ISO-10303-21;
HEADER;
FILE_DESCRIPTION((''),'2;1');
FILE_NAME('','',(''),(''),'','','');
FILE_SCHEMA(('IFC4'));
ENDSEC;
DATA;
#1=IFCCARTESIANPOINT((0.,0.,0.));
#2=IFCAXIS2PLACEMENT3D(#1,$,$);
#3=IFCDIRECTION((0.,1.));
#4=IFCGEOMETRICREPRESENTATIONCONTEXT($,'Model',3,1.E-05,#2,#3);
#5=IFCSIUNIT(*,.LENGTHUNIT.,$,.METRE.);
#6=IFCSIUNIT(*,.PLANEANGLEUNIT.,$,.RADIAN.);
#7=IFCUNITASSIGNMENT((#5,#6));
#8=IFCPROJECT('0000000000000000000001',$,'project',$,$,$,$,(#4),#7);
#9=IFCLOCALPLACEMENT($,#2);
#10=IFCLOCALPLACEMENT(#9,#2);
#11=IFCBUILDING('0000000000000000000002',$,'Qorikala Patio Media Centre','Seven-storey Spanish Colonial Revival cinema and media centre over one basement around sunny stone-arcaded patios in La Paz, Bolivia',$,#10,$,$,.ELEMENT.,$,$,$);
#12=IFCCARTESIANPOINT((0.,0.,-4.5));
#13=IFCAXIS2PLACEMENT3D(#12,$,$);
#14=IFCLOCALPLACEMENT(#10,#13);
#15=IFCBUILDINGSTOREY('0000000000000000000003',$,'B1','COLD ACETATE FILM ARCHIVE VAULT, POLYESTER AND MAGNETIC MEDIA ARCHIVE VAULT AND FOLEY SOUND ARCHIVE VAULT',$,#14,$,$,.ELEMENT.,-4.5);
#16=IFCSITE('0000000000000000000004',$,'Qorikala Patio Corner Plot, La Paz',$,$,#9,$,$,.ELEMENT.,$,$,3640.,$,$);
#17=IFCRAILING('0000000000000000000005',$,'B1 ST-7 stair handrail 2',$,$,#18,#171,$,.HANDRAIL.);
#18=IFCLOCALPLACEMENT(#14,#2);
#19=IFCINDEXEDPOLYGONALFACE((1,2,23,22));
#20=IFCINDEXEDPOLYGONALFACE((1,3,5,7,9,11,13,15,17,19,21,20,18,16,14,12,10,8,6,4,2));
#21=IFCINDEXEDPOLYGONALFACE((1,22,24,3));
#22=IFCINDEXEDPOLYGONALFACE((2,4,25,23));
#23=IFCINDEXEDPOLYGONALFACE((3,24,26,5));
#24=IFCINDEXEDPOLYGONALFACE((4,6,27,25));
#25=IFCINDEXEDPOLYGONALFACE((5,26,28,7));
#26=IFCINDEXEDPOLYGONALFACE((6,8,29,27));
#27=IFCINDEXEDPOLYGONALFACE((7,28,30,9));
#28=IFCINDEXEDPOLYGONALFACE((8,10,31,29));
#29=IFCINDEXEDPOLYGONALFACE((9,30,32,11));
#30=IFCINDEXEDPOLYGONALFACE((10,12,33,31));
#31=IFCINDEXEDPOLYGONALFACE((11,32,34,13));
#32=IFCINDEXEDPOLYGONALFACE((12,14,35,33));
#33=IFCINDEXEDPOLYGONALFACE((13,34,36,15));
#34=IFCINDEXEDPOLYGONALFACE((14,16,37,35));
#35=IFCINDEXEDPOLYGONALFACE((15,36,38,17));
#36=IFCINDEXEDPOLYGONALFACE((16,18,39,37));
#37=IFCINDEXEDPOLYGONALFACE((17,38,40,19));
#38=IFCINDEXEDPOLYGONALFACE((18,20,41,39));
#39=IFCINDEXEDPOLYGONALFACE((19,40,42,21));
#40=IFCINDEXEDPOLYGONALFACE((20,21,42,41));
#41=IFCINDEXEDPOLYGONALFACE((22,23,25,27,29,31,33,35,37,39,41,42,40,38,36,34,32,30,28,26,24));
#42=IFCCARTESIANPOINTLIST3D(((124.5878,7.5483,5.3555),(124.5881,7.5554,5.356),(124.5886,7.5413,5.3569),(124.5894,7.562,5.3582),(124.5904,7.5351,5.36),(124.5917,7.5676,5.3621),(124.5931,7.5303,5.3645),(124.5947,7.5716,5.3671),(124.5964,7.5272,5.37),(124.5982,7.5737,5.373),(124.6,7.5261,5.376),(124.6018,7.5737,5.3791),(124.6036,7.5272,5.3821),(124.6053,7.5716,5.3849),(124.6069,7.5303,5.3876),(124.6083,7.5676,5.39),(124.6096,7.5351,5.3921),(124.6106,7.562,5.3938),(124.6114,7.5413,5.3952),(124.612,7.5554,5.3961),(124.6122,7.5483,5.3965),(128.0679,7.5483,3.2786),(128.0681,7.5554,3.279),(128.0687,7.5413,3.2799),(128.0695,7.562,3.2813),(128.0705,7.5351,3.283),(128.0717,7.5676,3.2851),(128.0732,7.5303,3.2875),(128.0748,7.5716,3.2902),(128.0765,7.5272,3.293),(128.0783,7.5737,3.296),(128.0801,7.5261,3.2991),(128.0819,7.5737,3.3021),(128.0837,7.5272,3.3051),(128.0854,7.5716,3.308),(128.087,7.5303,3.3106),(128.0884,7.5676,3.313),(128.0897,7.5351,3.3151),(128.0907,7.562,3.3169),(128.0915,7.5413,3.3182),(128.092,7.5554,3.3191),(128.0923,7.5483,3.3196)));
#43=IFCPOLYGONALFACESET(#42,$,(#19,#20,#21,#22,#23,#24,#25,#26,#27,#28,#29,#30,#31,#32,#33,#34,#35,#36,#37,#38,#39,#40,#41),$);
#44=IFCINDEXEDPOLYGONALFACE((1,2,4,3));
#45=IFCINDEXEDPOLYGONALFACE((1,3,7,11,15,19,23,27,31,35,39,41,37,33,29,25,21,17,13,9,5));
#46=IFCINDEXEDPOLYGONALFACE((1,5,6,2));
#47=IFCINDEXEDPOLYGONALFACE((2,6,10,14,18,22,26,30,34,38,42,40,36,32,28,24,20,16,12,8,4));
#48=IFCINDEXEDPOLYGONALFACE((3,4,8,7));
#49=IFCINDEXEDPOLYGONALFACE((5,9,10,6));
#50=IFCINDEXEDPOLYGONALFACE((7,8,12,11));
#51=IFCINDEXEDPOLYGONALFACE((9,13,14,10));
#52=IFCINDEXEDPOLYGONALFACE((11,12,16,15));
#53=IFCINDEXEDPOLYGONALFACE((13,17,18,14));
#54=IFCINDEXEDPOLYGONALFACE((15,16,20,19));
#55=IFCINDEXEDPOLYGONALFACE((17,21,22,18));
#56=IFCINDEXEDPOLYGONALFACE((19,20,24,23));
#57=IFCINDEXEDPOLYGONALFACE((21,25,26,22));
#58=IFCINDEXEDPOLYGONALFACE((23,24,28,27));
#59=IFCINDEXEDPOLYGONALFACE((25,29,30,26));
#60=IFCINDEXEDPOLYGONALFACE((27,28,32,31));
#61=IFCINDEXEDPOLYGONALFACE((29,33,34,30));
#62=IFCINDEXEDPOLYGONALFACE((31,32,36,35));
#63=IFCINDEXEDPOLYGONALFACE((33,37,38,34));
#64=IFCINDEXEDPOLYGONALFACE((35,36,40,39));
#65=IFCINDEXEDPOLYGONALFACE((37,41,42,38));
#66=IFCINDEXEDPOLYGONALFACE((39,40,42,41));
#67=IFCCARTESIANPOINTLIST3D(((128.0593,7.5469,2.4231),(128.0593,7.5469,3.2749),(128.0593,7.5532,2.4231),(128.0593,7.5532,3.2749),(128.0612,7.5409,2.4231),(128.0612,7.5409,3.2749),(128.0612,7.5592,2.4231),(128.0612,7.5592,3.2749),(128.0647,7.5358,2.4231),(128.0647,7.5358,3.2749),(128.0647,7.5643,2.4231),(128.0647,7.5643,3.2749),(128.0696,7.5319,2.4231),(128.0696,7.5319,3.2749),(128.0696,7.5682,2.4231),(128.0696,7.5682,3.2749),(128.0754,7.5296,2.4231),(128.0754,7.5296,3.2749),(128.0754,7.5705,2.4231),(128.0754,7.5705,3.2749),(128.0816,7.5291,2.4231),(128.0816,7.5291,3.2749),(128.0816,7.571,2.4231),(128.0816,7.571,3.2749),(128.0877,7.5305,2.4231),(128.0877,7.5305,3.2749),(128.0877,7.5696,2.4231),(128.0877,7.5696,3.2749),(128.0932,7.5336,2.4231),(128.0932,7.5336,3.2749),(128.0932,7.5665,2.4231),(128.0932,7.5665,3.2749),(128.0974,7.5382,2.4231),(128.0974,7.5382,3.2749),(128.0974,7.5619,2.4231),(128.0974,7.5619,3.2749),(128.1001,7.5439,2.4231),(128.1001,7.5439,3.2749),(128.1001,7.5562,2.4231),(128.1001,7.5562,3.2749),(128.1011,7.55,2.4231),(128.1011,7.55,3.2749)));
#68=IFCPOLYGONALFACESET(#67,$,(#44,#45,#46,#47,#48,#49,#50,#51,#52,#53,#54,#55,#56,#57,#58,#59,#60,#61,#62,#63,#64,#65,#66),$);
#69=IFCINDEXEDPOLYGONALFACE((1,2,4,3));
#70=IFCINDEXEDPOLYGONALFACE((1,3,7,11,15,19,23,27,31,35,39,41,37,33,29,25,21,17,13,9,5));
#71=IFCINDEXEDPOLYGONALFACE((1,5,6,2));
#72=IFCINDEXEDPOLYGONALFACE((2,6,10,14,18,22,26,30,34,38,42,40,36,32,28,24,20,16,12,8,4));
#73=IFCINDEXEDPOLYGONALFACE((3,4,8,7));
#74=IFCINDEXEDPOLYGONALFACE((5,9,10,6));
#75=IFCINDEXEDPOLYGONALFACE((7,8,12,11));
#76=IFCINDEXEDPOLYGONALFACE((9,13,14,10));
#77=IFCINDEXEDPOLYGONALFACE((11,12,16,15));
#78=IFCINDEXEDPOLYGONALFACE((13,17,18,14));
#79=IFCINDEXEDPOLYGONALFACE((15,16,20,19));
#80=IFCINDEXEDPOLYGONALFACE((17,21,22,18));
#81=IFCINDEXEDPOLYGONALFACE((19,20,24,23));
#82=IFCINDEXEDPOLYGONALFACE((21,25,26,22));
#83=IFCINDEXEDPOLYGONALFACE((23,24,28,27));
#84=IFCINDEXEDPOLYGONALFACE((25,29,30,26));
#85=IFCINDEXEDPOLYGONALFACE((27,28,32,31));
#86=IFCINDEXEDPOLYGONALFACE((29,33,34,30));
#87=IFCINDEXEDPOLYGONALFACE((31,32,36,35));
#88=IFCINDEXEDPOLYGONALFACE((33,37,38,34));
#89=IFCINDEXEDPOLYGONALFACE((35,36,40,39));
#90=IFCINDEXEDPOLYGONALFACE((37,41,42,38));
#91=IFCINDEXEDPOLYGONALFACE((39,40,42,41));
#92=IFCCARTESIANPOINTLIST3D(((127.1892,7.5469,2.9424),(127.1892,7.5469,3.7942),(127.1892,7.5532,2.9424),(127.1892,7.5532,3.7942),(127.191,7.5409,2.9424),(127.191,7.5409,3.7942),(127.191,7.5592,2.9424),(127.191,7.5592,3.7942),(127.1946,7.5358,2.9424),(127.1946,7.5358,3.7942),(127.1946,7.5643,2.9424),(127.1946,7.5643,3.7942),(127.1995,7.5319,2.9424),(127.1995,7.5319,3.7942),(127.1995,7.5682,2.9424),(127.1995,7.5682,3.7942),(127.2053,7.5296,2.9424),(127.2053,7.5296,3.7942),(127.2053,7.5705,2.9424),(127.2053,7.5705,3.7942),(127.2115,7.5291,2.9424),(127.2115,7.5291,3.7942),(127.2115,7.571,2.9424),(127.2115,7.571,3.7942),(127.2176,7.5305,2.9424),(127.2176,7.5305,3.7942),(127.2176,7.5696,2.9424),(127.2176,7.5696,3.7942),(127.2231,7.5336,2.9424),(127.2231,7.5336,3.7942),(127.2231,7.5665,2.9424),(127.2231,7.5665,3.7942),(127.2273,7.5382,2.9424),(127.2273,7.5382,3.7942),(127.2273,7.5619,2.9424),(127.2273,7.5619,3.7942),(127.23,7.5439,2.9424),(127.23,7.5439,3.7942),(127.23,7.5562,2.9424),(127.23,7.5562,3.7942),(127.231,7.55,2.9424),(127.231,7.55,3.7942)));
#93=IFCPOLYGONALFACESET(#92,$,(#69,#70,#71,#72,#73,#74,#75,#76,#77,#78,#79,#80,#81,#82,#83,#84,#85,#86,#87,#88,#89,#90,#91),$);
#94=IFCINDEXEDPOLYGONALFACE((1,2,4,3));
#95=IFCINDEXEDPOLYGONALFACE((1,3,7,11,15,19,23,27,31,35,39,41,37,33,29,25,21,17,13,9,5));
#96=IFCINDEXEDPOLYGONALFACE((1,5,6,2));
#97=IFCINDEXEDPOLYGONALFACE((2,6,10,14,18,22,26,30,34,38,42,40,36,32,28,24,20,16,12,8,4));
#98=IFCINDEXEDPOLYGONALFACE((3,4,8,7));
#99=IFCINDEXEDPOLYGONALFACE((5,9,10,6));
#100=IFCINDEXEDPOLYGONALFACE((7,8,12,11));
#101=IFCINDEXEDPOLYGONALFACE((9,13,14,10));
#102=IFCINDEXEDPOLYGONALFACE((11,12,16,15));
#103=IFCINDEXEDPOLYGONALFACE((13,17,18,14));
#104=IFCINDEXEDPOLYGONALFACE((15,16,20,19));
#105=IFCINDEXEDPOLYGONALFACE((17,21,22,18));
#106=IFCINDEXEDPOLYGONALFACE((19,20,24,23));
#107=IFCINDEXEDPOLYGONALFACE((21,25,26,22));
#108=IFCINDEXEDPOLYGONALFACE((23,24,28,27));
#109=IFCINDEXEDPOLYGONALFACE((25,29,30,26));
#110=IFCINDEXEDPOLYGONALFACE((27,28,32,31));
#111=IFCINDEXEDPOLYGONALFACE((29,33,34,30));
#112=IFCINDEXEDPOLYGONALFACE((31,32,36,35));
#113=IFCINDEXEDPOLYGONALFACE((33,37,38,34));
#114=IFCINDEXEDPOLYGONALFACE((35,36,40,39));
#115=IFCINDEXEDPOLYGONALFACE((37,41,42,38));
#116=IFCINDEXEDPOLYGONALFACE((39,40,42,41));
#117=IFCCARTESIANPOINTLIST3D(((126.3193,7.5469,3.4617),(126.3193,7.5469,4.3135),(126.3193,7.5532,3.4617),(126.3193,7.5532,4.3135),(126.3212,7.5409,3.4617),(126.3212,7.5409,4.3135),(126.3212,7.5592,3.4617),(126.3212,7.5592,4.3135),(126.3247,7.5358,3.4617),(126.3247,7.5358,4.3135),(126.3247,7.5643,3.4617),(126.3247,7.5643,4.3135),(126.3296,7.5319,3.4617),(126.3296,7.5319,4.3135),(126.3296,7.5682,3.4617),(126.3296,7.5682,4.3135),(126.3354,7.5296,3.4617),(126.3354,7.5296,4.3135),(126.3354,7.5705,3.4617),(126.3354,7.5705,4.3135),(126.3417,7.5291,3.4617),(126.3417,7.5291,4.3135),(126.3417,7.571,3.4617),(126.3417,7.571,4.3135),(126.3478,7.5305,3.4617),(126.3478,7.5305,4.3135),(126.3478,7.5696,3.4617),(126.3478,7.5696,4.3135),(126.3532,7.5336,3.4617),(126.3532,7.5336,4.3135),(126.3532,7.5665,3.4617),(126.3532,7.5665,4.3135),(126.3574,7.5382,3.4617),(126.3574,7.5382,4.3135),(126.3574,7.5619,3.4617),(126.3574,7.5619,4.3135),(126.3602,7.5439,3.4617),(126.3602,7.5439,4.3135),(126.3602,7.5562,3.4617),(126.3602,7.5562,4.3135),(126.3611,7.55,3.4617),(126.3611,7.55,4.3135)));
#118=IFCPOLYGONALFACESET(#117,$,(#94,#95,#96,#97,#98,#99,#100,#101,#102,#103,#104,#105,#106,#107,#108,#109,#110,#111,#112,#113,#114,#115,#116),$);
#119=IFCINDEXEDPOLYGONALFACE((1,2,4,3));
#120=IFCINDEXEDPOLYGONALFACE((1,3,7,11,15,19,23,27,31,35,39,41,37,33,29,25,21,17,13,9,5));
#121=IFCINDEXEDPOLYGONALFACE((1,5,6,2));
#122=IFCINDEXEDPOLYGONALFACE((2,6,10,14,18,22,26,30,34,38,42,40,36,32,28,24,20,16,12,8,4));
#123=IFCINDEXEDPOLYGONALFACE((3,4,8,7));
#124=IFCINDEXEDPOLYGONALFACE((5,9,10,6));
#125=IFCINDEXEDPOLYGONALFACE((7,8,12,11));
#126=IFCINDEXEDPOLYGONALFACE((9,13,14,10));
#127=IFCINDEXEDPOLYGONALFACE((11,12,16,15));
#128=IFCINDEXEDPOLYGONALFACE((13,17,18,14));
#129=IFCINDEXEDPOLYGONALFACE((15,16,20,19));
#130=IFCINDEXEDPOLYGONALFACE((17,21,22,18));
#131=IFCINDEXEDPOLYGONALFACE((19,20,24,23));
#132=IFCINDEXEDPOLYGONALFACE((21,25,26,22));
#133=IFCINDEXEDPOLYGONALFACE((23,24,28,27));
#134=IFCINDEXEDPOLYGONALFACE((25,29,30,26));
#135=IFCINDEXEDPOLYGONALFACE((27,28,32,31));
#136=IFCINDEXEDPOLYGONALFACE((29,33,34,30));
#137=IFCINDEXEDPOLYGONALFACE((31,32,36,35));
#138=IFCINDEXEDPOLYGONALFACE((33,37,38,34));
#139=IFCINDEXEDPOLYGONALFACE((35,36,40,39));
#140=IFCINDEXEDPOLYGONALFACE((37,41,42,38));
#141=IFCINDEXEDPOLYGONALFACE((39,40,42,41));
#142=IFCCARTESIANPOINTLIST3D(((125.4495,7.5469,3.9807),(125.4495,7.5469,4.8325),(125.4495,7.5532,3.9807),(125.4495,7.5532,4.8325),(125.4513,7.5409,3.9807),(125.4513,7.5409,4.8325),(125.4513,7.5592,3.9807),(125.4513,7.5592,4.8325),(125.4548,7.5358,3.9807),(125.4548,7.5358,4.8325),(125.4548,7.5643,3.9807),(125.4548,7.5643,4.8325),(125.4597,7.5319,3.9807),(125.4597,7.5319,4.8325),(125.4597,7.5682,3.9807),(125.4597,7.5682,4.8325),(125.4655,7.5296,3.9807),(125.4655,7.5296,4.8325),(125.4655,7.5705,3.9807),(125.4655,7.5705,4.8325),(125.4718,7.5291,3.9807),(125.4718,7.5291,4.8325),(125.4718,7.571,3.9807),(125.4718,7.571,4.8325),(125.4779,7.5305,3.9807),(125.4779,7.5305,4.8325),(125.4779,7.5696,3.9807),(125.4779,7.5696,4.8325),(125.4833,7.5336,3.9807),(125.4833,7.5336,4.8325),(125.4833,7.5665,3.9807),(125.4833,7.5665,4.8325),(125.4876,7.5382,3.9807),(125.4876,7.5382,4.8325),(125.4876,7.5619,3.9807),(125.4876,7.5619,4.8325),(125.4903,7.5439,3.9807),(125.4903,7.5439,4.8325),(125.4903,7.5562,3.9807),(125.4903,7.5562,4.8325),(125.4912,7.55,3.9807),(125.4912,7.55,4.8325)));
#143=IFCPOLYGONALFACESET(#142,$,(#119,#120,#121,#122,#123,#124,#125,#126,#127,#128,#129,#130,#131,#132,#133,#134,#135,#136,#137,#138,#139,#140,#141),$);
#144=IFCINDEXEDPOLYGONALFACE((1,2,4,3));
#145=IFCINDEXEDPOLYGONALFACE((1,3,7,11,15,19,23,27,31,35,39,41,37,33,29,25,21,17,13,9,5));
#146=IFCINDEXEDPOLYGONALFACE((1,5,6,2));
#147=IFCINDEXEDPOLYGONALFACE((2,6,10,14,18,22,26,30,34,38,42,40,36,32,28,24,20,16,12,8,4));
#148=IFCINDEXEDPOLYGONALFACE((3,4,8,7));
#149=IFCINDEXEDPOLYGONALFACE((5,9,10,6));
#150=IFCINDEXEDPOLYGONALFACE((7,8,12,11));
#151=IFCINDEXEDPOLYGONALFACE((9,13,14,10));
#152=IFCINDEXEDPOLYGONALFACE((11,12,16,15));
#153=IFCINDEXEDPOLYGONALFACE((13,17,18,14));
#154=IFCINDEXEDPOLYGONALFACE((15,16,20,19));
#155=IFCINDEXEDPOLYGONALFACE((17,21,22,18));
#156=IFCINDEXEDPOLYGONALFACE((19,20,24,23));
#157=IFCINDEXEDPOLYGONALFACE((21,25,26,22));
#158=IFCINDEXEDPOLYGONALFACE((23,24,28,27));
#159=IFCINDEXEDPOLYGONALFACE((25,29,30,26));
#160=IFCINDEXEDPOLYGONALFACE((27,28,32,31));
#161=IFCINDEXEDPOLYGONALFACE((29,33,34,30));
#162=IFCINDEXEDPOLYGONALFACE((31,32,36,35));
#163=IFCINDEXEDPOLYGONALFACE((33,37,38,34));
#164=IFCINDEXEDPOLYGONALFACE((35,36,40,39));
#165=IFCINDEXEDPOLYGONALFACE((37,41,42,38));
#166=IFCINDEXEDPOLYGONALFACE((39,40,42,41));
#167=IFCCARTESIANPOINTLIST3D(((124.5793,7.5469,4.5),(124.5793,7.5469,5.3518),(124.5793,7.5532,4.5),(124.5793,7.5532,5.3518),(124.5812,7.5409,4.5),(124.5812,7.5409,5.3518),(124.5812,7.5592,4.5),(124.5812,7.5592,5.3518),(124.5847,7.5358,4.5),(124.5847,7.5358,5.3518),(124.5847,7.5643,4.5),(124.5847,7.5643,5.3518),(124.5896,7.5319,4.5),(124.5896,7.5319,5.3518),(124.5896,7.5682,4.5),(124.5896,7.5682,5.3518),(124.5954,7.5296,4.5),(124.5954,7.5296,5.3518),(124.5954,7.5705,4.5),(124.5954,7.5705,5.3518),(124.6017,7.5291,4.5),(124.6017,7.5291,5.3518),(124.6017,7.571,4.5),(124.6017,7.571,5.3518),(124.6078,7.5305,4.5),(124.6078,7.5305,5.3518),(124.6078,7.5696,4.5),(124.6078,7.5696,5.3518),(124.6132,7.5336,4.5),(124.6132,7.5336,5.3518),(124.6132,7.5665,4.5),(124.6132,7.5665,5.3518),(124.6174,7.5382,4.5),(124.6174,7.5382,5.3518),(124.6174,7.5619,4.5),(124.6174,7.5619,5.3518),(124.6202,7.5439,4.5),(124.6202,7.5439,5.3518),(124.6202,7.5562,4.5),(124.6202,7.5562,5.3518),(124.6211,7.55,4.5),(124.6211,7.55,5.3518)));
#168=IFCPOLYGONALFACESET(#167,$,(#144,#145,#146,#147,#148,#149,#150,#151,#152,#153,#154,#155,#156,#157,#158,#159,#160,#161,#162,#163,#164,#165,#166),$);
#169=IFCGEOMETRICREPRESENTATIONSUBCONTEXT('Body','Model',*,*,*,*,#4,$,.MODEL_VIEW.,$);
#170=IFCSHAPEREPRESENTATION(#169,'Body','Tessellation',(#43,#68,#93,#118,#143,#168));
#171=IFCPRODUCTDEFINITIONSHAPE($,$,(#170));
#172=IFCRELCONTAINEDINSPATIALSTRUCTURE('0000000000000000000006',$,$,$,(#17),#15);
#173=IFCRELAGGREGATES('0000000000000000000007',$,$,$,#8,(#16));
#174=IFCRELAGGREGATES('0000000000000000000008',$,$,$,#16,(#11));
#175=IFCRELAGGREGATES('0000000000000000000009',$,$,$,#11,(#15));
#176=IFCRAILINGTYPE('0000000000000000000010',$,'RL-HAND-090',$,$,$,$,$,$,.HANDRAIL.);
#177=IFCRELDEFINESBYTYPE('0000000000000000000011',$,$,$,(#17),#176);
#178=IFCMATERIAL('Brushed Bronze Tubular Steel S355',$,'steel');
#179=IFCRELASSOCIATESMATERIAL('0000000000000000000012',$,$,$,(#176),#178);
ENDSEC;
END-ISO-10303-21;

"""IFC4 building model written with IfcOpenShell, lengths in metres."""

from ifc_helpers import new_model, si_unit, direction, frame, origin, origin_2d, place, context, subcontext, project, spatial, circle, extrude, material, type_object, element, save


model = new_model("IFC4")

# Units and contexts
model_context = context("Model", 3, precision=1e-05, world=origin(), true_north=direction((0.0, 1.0)))
body_context = subcontext(model_context, "Body", "Model", "MODEL_VIEW")
ifc_project = project(units=[si_unit("LENGTHUNIT", "METRE"), si_unit("PLANEANGLEUNIT", "RADIAN")], contexts=[model_context])

# Site, building, storey
site_placement = place(None, origin())
site = spatial("IfcSite", under=ifc_project, at=site_placement, Name="Qorikala Patio Corner Plot, La Paz", CompositionType="ELEMENT", RefElevation=3640.0)
building_placement = place(site_placement, origin())
building = spatial("IfcBuilding", under=site, at=building_placement, Name="Qorikala Patio Media Centre", Description="Seven-storey Spanish Colonial Revival cinema and media centre over one basement around sunny stone-arcaded patios in La Paz, Bolivia", CompositionType="ELEMENT")
storey_placement = place(building_placement, frame((0.0, 0.0, -4.5)))
storey = spatial("IfcBuildingStorey", under=building, at=storey_placement, Name="B1", Description="COLD ACETATE FILM ARCHIVE VAULT, POLYESTER AND MAGNETIC MEDIA ARCHIVE VAULT AND FOLEY SOUND ARCHIVE VAULT", CompositionType="ELEMENT", Elevation=-4.5)

# Railing
ifc_material_1 = material(Name="Brushed Bronze Tubular Steel S355", Category="steel")
railing_type_1 = type_object("IfcRailingType", Name="RL-HAND-090", PredefinedType="HANDRAIL", material=ifc_material_1)
railing_1_placement = place(storey_placement, frame((128.0801, 7.55, 2.4231)))
element("IfcRailing", 1, at=railing_1_placement, inside=storey, type_object=railing_type_1, Name="B1 ST-7 stair handrail 2", PredefinedType="HANDRAIL", context=body_context, shape_type="SweptSolid", body=[
    extrude(circle(Radius=0.0239, at=origin_2d()), frame((0.0, 0.0, 0.876), z_axis=(-0.858697, 0.0, 0.512483), x_axis=(0.0, -1.0, 0.0)), (0.0, 0.0, 1.0), 4.0527),
    extrude(circle(Radius=0.021, at=origin_2d()), origin(), (0.0, 0.0, 1.0), 0.8518),
    extrude(circle(Radius=0.021, at=origin_2d()), frame((-0.8701, 0.0, 0.5193)), (0.0, 0.0, 1.0), 0.8518),
    extrude(circle(Radius=0.021, at=origin_2d()), frame((-1.74, 0.0, 1.0386)), (0.0, 0.0, 1.0), 0.8518),
    extrude(circle(Radius=0.021, at=origin_2d()), frame((-2.6099, 0.0, 1.5576)), (0.0, 0.0, 1.0), 0.8518),
    extrude(circle(Radius=0.021, at=origin_2d()), frame((-3.48, 0.0, 2.0769)), (0.0, 0.0, 1.0), 0.8518),
])

save(model, "model.ifc")
